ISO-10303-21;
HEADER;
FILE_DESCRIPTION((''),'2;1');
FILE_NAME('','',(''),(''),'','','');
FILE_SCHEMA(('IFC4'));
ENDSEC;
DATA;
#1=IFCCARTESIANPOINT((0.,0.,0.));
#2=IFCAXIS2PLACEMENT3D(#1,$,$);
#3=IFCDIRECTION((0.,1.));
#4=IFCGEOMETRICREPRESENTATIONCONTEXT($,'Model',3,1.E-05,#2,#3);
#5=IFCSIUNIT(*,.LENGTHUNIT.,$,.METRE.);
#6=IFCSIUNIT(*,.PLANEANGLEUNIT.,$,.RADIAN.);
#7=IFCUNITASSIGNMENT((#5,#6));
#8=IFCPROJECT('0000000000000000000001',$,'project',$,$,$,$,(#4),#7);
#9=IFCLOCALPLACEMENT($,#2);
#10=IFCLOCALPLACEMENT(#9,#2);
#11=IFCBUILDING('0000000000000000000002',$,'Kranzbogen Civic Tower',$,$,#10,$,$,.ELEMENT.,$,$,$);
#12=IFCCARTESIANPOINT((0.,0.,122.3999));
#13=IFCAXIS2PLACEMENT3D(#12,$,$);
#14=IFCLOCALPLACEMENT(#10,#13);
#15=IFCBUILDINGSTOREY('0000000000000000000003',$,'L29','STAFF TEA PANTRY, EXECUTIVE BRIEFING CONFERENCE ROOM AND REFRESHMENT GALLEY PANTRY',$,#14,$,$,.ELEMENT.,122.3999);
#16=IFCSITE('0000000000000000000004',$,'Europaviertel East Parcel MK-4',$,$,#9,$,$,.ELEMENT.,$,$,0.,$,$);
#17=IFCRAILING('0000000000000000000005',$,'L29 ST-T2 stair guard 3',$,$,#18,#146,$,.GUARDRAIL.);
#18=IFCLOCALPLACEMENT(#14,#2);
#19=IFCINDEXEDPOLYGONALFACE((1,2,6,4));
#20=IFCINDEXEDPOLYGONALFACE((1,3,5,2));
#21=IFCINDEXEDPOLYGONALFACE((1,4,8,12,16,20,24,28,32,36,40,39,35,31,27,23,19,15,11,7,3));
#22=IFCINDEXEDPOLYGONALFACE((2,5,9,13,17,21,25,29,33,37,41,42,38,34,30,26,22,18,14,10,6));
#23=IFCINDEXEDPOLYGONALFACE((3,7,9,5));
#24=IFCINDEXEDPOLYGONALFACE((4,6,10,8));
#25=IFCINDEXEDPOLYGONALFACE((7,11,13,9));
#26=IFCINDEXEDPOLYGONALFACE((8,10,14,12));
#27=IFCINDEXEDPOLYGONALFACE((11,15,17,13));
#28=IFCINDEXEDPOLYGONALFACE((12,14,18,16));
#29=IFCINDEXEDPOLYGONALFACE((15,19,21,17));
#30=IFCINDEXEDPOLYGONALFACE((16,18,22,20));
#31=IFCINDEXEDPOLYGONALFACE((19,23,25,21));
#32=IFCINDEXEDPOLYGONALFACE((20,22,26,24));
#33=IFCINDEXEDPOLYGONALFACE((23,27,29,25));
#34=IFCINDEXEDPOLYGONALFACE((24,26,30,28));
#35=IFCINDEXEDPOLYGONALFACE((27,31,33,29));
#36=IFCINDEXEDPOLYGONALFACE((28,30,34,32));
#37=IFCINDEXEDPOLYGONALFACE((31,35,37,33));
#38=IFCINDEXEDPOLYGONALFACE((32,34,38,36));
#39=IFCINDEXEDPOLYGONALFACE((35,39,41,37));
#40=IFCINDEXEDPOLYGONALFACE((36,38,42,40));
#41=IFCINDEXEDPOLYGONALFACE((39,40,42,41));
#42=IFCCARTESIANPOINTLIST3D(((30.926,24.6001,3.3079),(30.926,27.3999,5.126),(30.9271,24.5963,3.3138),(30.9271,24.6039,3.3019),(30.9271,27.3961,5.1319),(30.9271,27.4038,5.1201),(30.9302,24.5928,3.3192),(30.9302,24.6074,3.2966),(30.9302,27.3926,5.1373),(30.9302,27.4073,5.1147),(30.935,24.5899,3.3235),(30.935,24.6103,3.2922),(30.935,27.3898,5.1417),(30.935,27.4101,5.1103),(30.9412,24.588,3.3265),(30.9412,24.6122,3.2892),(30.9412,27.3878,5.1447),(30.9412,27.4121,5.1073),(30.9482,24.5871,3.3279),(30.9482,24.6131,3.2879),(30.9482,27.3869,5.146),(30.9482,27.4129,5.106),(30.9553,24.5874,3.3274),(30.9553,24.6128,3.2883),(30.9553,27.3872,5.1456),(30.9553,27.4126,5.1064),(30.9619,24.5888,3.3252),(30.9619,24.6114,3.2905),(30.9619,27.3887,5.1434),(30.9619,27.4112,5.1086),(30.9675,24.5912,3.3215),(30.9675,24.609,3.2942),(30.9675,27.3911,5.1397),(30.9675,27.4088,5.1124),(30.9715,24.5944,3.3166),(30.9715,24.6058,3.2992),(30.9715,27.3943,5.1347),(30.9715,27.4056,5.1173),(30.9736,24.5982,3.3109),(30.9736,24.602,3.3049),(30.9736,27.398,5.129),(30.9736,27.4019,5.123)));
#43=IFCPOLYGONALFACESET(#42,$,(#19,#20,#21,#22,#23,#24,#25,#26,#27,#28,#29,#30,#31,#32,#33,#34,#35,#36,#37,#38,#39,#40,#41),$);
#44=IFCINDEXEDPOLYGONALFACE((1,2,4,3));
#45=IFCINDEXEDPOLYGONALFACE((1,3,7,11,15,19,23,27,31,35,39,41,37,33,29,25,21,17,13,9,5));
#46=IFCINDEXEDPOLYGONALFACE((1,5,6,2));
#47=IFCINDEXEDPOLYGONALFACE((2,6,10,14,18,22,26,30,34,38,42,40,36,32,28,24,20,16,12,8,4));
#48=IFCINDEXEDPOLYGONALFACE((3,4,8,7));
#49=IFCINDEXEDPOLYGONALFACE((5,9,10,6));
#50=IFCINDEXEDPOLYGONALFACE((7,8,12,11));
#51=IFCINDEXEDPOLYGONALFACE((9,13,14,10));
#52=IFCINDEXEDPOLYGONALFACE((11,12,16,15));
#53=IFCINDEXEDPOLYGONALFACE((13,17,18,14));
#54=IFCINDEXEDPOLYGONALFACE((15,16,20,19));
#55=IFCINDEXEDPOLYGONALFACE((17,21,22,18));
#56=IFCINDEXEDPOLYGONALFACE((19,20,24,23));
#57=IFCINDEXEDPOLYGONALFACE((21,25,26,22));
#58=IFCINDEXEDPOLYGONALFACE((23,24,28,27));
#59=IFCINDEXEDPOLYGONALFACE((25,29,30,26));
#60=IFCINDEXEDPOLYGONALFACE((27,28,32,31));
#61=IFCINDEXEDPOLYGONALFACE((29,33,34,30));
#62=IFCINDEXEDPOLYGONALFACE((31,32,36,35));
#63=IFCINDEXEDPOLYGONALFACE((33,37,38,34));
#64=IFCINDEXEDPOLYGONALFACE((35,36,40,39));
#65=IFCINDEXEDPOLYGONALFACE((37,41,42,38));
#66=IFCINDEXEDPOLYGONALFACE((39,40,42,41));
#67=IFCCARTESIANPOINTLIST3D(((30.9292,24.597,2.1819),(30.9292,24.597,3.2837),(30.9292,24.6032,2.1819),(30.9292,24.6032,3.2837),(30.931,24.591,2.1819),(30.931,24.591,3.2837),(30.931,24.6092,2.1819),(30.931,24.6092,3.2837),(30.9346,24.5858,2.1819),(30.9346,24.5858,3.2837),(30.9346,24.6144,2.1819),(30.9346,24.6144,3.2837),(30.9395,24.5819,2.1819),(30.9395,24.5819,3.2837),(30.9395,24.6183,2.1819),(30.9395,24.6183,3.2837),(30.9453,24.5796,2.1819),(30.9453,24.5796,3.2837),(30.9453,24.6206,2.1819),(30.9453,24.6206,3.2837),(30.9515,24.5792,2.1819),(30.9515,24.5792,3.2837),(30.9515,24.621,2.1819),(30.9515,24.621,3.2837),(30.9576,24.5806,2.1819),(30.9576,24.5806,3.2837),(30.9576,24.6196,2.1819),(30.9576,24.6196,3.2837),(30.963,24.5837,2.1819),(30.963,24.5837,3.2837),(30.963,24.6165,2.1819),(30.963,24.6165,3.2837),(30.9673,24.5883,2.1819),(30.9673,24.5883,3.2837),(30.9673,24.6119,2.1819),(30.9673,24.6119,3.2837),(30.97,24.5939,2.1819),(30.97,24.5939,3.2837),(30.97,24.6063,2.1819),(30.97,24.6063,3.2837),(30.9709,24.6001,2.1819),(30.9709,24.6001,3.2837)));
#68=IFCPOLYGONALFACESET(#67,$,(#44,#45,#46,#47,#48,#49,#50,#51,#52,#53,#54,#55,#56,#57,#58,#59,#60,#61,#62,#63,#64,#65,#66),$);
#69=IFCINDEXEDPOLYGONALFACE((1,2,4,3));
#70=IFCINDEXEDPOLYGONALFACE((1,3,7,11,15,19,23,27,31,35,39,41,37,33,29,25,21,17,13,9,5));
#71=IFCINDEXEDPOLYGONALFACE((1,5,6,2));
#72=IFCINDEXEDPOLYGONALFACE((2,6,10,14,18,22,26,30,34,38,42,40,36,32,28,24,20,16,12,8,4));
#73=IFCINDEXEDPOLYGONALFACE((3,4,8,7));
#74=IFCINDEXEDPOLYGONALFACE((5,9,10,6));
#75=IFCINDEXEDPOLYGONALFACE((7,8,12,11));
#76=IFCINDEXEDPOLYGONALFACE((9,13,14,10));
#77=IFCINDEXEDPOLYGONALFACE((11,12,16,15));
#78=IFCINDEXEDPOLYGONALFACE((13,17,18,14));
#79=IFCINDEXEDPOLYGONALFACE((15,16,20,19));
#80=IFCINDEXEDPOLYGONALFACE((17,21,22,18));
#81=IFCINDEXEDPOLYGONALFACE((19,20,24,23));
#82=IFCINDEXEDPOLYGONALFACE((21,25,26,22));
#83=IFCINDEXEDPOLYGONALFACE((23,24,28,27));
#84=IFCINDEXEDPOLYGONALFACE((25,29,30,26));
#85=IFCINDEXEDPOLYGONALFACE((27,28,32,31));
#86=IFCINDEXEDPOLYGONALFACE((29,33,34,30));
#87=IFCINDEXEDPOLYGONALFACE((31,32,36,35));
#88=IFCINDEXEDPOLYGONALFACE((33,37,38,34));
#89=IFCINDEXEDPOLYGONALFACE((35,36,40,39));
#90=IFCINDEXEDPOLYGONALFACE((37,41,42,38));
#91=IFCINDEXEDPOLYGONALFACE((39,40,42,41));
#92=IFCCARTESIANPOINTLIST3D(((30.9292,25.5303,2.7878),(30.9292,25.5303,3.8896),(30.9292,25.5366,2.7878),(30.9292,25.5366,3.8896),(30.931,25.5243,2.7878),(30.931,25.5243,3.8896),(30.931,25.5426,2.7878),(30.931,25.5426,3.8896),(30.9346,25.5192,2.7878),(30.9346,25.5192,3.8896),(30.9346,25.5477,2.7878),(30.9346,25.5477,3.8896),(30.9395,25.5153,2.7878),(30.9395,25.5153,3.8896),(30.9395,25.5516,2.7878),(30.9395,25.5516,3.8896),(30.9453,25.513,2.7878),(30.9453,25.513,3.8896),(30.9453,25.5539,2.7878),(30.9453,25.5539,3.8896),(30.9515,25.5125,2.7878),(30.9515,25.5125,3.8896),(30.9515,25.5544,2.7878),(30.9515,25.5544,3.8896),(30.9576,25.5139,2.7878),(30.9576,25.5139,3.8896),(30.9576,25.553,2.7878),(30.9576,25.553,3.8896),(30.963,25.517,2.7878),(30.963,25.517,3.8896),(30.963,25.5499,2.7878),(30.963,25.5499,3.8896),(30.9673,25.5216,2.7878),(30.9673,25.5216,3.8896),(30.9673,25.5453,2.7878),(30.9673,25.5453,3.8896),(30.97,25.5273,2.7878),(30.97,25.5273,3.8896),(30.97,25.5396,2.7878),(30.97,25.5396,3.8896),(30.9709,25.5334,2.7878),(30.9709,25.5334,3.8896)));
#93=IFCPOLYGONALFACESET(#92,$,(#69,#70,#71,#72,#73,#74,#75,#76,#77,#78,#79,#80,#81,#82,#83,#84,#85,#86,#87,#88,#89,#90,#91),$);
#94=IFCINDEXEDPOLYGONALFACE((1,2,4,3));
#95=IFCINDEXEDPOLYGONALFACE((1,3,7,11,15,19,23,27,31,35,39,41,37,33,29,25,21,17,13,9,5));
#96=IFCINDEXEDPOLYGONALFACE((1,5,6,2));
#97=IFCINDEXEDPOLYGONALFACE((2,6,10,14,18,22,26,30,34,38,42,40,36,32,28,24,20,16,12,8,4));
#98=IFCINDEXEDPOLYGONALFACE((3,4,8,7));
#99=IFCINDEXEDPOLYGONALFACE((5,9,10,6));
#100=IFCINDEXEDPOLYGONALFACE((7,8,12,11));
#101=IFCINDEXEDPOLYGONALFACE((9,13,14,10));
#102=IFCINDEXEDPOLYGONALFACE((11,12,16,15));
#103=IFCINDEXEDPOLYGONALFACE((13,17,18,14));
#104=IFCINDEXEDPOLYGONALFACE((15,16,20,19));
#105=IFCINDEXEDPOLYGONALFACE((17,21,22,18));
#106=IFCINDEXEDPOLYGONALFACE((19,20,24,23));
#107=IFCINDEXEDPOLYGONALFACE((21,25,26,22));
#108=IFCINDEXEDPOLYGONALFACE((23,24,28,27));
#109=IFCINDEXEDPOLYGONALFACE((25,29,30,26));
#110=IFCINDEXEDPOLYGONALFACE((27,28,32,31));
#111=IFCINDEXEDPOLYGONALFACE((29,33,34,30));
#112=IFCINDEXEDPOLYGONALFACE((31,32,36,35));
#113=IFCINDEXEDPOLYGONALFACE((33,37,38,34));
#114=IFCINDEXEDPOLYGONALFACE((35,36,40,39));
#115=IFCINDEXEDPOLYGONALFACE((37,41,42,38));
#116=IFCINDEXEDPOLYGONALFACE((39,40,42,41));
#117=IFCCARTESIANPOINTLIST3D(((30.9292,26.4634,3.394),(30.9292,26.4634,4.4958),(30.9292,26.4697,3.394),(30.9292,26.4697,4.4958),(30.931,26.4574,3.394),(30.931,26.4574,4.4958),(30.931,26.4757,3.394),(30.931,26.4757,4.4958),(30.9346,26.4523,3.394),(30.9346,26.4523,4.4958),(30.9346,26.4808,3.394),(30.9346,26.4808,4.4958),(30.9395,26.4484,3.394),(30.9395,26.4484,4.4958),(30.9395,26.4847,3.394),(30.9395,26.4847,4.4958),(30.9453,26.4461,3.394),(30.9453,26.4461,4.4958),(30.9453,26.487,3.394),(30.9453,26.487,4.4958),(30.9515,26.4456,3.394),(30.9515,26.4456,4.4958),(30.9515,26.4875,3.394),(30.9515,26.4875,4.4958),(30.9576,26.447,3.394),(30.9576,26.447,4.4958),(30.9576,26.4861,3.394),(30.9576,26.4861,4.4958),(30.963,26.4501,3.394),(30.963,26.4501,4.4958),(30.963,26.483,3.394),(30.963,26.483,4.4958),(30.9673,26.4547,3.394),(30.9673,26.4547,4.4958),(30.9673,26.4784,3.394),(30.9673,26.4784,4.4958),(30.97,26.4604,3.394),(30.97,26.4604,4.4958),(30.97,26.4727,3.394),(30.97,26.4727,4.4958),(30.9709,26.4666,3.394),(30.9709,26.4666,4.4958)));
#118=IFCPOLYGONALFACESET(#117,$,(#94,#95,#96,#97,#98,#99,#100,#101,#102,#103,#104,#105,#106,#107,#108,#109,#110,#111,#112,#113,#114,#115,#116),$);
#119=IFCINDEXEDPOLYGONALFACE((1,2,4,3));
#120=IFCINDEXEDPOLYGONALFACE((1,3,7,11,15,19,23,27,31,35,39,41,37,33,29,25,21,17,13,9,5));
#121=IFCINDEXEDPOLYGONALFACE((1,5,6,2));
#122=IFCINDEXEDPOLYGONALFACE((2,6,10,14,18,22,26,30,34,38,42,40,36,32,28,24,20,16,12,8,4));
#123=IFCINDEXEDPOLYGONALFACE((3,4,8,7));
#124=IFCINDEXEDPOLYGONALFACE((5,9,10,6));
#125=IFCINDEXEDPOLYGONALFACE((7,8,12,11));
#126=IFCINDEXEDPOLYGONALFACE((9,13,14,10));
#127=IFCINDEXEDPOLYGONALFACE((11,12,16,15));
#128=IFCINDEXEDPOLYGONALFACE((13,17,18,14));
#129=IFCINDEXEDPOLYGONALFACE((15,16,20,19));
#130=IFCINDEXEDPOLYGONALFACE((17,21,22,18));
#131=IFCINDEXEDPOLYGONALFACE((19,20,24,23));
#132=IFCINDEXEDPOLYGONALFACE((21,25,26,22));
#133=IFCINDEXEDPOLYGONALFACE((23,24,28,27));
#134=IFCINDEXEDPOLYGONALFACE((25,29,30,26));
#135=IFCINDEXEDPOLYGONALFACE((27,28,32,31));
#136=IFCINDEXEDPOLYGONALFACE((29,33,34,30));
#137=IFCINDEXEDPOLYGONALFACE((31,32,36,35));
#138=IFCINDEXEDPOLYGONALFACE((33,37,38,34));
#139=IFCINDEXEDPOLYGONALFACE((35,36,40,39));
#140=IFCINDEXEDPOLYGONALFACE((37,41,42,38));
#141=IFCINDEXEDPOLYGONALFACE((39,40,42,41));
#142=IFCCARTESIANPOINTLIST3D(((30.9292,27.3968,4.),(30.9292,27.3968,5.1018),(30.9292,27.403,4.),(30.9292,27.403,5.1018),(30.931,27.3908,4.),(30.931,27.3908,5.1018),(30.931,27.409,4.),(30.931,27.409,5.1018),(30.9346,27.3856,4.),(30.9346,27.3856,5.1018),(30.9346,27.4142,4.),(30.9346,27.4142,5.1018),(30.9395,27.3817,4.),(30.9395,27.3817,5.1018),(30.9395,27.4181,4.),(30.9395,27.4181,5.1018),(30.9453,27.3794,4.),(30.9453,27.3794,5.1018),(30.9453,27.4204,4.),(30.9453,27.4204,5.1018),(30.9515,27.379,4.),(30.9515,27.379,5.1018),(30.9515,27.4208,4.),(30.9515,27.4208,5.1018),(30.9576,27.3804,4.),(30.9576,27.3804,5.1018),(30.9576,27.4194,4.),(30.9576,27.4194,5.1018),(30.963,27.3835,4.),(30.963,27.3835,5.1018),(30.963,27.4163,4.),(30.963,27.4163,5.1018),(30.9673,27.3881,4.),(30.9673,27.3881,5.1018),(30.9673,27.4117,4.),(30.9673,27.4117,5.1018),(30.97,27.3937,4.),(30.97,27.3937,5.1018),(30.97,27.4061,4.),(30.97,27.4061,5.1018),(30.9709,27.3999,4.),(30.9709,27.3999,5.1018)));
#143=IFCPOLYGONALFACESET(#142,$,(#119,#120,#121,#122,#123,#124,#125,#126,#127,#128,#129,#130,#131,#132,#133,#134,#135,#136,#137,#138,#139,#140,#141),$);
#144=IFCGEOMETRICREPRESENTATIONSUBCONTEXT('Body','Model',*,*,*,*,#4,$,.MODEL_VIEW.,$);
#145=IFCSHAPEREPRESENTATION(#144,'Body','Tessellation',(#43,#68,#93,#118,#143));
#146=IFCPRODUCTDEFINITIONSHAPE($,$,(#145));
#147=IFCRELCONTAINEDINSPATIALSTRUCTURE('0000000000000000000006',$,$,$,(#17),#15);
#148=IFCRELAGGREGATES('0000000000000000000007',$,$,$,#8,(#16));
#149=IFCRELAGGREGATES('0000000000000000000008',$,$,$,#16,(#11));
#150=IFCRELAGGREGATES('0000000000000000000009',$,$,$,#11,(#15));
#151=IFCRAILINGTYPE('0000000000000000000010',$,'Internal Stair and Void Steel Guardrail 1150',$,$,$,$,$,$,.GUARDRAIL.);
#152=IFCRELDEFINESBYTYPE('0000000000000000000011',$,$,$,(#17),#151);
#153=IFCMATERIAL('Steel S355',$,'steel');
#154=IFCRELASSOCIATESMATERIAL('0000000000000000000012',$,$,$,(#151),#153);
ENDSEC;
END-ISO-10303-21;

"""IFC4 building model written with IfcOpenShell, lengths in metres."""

from ifc_helpers import new_model, si_unit, direction, frame, origin, origin_2d, place, context, subcontext, project, spatial, circle, extrude, material, type_object, element, save


model = new_model("IFC4")

# Units and contexts
model_context = context("Model", 3, precision=1e-05, world=origin(), true_north=direction((0.0, 1.0)))
body_context = subcontext(model_context, "Body", "Model", "MODEL_VIEW")
ifc_project = project(units=[si_unit("LENGTHUNIT", "METRE"), si_unit("PLANEANGLEUNIT", "RADIAN")], contexts=[model_context])

# Site, building, storey
site_placement = place(None, origin())
site = spatial("IfcSite", under=ifc_project, at=site_placement, Name="Europaviertel East Parcel MK-4", CompositionType="ELEMENT", RefElevation=0.0)
building_placement = place(site_placement, origin())
building = spatial("IfcBuilding", under=site, at=building_placement, Name="Kranzbogen Civic Tower", CompositionType="ELEMENT")
storey_placement = place(building_placement, frame((0.0, 0.0, 122.3999)))
storey = spatial("IfcBuildingStorey", under=building, at=storey_placement, Name="L29", Description="STAFF TEA PANTRY, EXECUTIVE BRIEFING CONFERENCE ROOM AND REFRESHMENT GALLEY PANTRY", CompositionType="ELEMENT", Elevation=122.3999)

# Shared definitions
ifc_material_1 = material(Name="Steel S355", Category="steel")

# Railing
railing_type = type_object("IfcRailingType", Name="Internal Stair and Void Steel Guardrail 1150", PredefinedType="GUARDRAIL", material=ifc_material_1)
railing_1_placement = place(storey_placement, frame((30.95, 24.6001, 2.1819)))
element("IfcRailing", 1, at=railing_1_placement, inside=storey, type_object=railing_type, Name="L29 ST-T2 stair guard 3", PredefinedType="GUARDRAIL", context=body_context, shape_type="SweptSolid", body=[
    extrude(circle(Radius=0.0239, at=origin_2d()), frame((0.0, 0.0, 1.126), z_axis=(0.0, 0.838684, 0.544618), x_axis=(-1.0, 0.0, 0.0)), (0.0, 0.0, 1.0), 3.3384),
    extrude(circle(Radius=0.021, at=origin_2d()), origin(), (0.0, 0.0, 1.0), 1.1018),
    extrude(circle(Radius=0.021, at=origin_2d()), frame((0.0, 0.9333, 0.606)), (0.0, 0.0, 1.0), 1.1018),
    extrude(circle(Radius=0.021, at=origin_2d()), frame((0.0, 1.8665, 1.2122)), (0.0, 0.0, 1.0), 1.1018),
    extrude(circle(Radius=0.021, at=origin_2d()), frame((0.0, 2.7998, 1.8181)), (0.0, 0.0, 1.0), 1.1018),
])

save(model, "model.ifc")
